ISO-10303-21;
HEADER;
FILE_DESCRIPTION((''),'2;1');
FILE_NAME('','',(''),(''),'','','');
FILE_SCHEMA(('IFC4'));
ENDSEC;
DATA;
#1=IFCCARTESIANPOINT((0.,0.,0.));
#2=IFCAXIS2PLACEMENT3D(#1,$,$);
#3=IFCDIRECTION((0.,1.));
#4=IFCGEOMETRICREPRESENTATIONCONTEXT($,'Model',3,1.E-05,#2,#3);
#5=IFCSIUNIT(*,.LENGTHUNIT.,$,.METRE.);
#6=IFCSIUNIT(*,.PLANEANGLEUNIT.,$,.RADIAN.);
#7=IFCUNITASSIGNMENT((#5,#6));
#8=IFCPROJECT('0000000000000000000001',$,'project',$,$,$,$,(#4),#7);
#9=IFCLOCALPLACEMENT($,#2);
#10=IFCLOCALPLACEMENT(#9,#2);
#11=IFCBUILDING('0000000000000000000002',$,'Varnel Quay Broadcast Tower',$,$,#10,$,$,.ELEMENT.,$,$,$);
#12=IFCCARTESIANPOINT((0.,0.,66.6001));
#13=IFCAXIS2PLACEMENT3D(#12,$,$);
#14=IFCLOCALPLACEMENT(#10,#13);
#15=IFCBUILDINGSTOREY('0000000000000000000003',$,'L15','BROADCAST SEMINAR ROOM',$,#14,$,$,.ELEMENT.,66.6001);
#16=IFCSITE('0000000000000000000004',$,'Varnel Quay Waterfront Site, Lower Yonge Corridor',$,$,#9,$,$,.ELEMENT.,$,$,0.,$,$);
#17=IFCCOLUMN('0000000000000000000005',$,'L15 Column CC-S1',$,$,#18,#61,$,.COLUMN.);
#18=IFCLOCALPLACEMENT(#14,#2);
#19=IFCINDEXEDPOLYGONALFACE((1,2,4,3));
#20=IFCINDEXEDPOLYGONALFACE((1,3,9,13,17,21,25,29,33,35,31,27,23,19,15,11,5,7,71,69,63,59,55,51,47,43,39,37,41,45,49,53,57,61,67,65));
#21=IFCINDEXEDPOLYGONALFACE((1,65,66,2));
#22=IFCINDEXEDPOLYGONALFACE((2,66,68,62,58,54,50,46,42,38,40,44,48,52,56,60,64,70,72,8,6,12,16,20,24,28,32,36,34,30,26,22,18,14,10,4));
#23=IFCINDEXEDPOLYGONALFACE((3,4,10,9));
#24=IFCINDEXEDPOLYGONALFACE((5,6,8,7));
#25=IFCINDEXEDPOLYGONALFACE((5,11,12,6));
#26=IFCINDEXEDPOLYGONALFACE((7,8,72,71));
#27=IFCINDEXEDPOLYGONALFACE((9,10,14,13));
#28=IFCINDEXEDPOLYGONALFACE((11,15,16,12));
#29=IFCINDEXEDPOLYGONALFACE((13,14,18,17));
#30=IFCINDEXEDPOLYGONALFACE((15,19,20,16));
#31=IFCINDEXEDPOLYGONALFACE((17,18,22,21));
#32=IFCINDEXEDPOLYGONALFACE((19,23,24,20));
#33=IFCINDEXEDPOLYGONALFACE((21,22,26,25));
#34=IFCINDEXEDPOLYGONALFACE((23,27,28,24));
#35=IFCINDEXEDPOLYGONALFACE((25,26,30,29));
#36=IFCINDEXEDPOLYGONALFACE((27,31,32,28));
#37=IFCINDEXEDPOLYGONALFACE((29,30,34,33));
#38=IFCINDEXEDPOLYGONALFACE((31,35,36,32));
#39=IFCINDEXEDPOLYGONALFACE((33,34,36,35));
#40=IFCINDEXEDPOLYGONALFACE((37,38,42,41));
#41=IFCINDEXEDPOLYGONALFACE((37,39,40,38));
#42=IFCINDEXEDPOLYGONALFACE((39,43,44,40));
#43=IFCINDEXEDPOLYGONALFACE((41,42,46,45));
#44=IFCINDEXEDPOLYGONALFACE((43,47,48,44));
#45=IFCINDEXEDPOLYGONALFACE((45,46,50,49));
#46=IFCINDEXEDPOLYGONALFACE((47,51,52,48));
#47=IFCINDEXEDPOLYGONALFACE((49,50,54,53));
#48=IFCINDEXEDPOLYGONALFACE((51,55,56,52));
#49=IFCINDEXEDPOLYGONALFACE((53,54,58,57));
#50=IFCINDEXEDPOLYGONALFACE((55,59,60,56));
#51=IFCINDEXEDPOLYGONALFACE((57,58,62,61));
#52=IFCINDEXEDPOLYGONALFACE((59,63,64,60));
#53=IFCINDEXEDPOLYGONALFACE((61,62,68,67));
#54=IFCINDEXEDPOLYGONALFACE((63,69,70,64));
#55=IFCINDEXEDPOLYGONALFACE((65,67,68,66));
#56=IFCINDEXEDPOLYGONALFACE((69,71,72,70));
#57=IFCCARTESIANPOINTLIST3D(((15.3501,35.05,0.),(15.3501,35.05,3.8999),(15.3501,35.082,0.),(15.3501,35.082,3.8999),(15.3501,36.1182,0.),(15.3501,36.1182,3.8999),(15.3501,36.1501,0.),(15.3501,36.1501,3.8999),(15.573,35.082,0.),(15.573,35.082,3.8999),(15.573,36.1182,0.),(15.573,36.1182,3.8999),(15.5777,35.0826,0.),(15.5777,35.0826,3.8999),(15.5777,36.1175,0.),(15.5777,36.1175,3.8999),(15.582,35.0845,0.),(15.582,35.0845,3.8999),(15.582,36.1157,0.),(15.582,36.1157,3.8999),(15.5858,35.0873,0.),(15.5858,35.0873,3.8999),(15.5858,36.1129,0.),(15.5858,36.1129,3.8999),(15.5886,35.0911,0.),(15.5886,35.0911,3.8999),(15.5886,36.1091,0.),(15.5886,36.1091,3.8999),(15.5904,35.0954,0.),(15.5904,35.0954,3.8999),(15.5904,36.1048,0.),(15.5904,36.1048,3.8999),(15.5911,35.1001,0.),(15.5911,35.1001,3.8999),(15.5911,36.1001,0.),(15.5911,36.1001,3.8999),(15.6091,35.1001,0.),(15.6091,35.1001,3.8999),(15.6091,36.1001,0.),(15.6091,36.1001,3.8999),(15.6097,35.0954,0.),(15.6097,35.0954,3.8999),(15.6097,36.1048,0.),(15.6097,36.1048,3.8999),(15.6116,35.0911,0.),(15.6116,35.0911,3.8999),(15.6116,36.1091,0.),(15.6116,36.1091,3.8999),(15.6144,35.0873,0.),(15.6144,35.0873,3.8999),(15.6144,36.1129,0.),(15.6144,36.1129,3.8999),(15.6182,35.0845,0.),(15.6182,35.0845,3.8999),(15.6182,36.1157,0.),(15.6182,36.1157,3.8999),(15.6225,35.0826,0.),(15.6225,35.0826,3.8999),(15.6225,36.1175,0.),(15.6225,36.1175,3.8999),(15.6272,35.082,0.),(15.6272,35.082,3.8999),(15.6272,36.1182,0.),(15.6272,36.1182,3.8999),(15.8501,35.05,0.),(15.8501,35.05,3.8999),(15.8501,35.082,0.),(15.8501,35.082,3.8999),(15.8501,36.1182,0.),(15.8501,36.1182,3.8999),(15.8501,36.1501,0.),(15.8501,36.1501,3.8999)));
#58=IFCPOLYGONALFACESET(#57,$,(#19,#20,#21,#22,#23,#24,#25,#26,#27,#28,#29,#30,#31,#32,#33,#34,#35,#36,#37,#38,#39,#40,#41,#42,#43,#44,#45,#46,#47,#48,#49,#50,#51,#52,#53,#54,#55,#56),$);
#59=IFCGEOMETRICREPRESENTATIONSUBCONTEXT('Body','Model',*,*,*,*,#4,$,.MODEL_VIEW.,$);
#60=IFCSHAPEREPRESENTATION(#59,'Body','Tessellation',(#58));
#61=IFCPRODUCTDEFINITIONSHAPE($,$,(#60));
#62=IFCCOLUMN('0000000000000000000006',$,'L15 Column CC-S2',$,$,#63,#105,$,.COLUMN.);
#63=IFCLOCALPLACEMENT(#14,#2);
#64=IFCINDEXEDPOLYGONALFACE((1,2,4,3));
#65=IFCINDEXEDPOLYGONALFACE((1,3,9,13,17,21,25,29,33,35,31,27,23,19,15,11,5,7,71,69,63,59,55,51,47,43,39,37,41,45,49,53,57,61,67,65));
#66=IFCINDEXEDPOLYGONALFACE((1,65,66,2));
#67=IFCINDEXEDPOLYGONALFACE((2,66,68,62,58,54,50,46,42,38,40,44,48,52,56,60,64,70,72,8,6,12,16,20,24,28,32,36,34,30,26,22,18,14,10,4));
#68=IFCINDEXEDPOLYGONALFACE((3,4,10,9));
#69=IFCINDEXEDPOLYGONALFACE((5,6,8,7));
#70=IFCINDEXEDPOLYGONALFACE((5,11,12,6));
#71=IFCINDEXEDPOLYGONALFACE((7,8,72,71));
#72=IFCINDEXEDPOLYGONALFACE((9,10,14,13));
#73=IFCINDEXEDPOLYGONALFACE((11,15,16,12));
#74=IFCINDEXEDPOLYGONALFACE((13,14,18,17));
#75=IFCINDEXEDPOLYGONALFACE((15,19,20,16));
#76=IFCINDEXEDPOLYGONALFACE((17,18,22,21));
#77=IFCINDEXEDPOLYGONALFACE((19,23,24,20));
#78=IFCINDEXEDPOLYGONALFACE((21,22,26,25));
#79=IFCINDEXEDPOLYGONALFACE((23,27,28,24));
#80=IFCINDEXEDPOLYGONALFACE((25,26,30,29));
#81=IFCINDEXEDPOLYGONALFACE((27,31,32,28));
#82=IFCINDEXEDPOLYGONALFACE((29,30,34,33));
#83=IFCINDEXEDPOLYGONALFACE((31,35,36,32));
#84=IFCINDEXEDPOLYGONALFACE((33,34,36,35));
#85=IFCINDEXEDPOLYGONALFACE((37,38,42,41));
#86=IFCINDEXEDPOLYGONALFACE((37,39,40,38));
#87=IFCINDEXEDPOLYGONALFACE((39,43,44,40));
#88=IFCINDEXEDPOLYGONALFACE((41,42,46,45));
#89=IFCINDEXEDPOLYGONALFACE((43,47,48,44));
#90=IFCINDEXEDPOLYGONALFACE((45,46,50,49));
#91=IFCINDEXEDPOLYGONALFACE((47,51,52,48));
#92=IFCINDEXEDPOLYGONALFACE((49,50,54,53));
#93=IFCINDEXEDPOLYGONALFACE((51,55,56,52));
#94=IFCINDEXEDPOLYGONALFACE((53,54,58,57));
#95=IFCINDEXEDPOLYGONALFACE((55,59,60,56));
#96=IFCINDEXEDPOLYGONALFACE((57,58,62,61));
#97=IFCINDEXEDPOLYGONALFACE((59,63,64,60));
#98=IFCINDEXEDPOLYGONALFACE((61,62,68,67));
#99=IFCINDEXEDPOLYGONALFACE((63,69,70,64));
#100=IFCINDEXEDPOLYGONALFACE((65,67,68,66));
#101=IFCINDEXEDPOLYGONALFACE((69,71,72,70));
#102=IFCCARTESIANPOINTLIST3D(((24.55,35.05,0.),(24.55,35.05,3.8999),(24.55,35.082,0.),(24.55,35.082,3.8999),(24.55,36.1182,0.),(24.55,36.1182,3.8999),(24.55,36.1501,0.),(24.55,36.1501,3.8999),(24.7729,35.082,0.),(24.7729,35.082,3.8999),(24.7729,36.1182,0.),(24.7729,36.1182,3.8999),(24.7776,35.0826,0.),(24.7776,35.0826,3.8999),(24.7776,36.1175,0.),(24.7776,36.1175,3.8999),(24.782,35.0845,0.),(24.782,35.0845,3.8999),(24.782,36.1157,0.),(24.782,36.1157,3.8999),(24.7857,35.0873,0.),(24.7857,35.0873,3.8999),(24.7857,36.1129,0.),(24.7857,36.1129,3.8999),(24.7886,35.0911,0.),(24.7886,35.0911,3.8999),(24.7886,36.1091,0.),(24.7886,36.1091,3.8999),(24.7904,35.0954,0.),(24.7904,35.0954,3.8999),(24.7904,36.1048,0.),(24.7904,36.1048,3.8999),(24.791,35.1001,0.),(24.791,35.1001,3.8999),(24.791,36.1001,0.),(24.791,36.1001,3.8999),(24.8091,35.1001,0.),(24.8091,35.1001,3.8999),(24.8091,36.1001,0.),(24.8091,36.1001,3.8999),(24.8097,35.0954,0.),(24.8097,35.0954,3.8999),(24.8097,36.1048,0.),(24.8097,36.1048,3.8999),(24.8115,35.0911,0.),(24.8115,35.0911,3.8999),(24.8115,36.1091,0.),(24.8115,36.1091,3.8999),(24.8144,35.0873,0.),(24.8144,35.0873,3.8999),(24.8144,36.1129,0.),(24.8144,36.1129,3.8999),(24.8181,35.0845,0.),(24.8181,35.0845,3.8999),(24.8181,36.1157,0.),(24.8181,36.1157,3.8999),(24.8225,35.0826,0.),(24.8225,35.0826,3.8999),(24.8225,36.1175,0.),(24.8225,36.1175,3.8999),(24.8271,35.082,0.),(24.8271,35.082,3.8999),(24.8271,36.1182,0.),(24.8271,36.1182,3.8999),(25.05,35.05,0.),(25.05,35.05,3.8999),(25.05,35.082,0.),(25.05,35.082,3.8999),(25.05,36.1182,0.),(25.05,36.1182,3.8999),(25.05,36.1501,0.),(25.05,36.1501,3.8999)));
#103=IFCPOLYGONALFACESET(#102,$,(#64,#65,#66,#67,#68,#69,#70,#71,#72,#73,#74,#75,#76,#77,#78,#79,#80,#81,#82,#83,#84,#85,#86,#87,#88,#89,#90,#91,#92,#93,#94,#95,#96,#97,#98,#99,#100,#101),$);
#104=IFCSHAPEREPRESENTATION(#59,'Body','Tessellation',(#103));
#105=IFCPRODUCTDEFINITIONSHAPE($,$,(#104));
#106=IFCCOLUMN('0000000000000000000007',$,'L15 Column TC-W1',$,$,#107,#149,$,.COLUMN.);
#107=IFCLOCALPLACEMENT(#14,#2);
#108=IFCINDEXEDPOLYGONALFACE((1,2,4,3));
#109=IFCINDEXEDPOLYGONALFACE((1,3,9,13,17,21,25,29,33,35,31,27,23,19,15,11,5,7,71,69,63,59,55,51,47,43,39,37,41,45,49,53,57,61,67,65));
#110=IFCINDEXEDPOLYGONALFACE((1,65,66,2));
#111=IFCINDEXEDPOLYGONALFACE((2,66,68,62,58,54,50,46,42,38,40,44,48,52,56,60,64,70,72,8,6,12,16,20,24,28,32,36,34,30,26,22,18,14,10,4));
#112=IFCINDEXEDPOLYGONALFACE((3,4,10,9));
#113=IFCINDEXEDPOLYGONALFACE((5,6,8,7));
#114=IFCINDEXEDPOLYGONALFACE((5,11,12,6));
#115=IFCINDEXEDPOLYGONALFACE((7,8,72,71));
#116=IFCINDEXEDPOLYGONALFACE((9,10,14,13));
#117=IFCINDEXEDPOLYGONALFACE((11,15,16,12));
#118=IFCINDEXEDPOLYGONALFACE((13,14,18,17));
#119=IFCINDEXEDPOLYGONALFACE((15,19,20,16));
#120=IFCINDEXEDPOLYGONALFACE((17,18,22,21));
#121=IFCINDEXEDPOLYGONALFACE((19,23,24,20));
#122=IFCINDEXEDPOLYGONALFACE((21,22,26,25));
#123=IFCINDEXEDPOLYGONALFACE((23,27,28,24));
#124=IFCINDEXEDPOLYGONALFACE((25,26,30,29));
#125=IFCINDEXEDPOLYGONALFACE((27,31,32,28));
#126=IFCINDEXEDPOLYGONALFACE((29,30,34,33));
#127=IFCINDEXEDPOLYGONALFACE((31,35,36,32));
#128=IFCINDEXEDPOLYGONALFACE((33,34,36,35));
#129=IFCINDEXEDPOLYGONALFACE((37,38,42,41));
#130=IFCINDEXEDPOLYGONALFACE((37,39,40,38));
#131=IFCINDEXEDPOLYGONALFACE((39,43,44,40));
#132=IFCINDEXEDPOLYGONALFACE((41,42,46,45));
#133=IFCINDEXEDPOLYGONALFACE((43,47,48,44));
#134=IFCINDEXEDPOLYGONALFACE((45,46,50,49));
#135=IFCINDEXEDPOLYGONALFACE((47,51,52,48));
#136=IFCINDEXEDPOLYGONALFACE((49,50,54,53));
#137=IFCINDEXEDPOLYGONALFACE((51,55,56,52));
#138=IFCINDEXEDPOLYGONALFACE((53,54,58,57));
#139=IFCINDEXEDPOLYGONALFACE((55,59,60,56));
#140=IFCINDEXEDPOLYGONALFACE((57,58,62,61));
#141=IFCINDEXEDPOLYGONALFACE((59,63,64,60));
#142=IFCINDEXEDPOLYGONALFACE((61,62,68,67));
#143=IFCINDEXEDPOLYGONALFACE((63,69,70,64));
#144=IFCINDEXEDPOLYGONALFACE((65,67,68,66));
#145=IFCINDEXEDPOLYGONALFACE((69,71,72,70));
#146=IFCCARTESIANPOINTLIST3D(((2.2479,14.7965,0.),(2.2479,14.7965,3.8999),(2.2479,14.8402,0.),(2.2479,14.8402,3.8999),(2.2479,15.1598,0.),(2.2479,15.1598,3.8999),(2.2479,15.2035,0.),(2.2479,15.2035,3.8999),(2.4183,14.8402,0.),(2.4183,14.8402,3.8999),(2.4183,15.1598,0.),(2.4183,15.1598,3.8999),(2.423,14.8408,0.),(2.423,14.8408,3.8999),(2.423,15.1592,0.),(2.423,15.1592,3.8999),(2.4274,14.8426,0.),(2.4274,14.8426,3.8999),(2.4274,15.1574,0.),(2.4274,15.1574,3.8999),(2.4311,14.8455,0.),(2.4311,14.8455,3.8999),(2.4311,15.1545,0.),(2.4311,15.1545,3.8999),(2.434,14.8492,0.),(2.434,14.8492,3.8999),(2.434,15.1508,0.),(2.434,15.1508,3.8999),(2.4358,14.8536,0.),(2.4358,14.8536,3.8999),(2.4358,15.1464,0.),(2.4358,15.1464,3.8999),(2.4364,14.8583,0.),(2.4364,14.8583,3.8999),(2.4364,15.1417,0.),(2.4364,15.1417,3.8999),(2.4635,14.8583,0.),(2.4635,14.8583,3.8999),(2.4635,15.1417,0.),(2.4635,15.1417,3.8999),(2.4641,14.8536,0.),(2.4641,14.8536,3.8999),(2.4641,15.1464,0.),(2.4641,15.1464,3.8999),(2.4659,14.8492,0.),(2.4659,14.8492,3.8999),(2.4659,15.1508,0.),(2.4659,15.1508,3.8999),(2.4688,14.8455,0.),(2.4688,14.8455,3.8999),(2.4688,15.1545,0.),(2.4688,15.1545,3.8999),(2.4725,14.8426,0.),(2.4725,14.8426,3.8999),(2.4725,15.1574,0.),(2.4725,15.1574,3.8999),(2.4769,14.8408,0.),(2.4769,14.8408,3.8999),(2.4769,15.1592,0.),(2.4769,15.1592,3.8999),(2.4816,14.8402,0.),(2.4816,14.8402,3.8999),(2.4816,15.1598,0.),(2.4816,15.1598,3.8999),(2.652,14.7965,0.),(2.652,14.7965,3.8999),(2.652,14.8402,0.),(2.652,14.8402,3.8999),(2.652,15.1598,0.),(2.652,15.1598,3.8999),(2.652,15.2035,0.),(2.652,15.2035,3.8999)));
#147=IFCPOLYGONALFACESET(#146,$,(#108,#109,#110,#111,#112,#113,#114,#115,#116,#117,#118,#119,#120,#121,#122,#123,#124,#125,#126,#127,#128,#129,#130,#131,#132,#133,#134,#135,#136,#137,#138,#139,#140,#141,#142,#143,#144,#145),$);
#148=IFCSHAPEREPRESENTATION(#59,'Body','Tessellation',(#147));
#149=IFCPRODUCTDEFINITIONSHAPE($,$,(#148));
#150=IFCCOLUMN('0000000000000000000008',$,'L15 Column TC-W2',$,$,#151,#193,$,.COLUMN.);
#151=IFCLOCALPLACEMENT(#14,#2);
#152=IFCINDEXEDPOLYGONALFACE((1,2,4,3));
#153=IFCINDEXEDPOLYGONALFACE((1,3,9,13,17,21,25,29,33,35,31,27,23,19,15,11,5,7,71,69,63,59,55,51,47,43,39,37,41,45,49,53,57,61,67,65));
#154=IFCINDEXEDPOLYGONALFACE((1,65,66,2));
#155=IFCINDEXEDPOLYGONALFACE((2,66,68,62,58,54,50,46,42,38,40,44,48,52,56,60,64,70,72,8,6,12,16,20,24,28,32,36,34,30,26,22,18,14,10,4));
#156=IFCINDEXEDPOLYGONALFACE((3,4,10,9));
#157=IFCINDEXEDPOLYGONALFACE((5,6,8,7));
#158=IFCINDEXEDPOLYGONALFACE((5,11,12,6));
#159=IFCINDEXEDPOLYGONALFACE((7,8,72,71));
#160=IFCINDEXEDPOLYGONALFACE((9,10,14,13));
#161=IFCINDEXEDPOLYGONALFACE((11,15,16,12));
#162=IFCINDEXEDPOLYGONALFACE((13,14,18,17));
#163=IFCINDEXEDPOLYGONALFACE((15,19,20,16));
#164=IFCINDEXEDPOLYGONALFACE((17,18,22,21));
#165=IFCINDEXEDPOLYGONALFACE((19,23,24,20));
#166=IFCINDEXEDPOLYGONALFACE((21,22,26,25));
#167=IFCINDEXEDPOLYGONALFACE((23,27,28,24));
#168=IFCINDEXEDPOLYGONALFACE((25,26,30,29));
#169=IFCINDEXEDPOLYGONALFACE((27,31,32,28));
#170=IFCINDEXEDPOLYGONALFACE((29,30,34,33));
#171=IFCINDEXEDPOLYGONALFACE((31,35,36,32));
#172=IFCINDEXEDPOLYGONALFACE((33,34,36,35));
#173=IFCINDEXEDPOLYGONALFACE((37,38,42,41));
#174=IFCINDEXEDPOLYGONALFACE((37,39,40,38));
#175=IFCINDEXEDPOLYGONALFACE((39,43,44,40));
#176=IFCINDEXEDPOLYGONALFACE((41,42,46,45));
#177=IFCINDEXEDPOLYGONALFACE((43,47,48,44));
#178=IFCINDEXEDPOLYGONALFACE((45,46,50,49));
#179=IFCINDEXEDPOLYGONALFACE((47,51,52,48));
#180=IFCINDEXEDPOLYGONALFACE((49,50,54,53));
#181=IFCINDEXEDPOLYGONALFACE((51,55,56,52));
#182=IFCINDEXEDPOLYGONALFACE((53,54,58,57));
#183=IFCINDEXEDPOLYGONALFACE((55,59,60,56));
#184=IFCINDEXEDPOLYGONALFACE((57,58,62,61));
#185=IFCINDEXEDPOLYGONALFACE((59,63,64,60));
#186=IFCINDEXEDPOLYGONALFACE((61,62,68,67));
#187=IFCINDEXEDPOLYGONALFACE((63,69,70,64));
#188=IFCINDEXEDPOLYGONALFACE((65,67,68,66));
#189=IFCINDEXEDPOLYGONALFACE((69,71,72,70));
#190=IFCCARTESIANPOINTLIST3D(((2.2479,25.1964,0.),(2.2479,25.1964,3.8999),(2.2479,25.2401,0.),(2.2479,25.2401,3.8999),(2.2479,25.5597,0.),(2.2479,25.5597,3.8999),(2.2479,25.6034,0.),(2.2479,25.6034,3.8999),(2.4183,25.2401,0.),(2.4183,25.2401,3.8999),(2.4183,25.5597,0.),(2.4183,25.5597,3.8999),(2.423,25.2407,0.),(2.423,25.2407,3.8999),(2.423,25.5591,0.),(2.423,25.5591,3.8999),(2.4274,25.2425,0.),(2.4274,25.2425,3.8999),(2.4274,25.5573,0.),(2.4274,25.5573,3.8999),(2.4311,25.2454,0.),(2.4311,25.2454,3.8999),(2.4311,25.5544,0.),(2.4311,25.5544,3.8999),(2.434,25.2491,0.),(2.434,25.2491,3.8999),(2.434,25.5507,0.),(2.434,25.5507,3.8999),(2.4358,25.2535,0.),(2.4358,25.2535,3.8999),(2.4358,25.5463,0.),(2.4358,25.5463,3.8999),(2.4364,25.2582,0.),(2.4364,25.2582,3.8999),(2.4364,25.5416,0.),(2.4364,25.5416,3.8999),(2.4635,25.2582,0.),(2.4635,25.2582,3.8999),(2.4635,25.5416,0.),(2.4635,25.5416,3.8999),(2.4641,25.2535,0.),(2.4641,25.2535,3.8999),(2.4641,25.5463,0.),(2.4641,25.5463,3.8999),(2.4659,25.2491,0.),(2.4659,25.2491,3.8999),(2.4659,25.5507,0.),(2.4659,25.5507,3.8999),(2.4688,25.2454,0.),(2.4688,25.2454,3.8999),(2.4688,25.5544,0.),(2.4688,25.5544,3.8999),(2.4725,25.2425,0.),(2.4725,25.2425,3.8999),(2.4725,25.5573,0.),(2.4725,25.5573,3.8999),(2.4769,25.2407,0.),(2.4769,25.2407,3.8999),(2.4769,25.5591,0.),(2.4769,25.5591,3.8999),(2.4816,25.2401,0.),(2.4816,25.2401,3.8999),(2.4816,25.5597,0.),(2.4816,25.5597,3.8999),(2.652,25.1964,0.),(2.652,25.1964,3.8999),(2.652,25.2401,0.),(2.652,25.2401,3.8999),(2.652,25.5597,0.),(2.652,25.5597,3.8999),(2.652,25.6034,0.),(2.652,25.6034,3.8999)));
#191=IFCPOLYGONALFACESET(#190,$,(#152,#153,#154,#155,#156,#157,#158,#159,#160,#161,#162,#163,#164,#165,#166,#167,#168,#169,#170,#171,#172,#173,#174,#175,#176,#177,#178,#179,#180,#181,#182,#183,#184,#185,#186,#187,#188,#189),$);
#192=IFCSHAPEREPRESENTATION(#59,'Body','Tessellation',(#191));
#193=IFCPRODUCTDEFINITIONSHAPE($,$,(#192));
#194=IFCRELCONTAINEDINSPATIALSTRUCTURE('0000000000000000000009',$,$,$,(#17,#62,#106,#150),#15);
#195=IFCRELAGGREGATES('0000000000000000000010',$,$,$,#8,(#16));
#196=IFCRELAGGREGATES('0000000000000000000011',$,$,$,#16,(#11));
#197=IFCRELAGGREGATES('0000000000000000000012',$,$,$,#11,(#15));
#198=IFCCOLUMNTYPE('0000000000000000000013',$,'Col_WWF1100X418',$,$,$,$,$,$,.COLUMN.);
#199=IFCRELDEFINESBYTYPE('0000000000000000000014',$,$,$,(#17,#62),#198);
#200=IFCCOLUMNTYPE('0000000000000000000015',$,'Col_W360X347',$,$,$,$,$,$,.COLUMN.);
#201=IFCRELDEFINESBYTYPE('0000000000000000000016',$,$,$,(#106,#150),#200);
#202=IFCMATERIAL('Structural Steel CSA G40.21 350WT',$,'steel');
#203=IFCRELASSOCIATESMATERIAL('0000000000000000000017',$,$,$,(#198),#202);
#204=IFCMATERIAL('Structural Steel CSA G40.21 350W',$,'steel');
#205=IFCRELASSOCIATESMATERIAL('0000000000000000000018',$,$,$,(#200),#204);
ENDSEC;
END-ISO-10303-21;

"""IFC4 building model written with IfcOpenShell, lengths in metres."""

from ifc_helpers import new_model, si_unit, direction, frame, origin, origin_2d, place, context, subcontext, project, spatial, i_section, extrude, source, transform, mapped, material, material_profile, profile_set, type_object, type_shapes, element, save


model = new_model("IFC4")

# Units and contexts
model_context = context("Model", 3, precision=1e-05, world=origin(), true_north=direction((0.0, 1.0)))
body_context = subcontext(model_context, "Body", "Model", "MODEL_VIEW")
ifc_project = project(units=[si_unit("LENGTHUNIT", "METRE"), si_unit("PLANEANGLEUNIT", "RADIAN")], contexts=[model_context])

# Site, building, storey
site_placement = place(None, origin())
site = spatial("IfcSite", under=ifc_project, at=site_placement, Name="Varnel Quay Waterfront Site, Lower Yonge Corridor", CompositionType="ELEMENT", RefElevation=0.0)
building_placement = place(site_placement, origin())
building = spatial("IfcBuilding", under=site, at=building_placement, Name="Varnel Quay Broadcast Tower", CompositionType="ELEMENT")
storey_placement = place(building_placement, frame((0.0, 0.0, 66.6001)))
storey = spatial("IfcBuildingStorey", under=building, at=storey_placement, Name="L15", Description="BROADCAST SEMINAR ROOM", CompositionType="ELEMENT", Elevation=66.6001)

# Columns
ifc_material_1 = material(Name="Structural Steel CSA G40.21 350WT", Category="steel")
ifc_material_profile_1 = material_profile(ifc_material_1, i_section(OverallWidth=0.5, OverallDepth=1.1001, WebThickness=0.0181, FlangeThickness=0.032, FilletRadius=0.0181, at=origin_2d()), Name="WWF1100X418")
ifc_profile_set_1 = profile_set([ifc_material_profile_1], Name="Structural Steel CSA G40.21 350WT")
column_type_1 = type_object("IfcColumnType", Name="Col_WWF1100X418", PredefinedType="COLUMN", material=ifc_profile_set_1)
shared_shape_1 = source(origin(), body_context, "Body", "SweptSolid", [
    extrude(i_section(OverallWidth=0.5, OverallDepth=1.1001, WebThickness=0.0181, FlangeThickness=0.032, FilletRadius=0.0181, at=origin_2d()), origin(), (0.0, 0.0, 1.0), 3.8999),
])
type_shapes(column_type_1, [shared_shape_1])
for number, where, z_axis, x_axis, name in (
    (1, (15.6001, 35.6001, 0.0), (0.0, 0.0, 1.0), (1.0, 0.0, 0.0), "L15 Column CC-S1"),
    (2, (24.8, 35.6001, 0.0), (0.0, 0.0, 1.0), (1.0, 0.0, 0.0), "L15 Column CC-S2"),
):
    element("IfcColumn", number, at=place(storey_placement, frame(where, z_axis=z_axis, x_axis=x_axis)), inside=storey, type_object=column_type_1, Name=name, PredefinedType="COLUMN", context=body_context, shape_type="MappedRepresentation", body=[
        mapped(shared_shape_1, transform((0.0, 0.0, 0.0), x_axis=(1.0, 0.0, 0.0), y_axis=(0.0, 1.0, 0.0), z_axis=(0.0, 0.0, 1.0), scale=1.0)),
    ])
ifc_material_2 = material(Name="Structural Steel CSA G40.21 350W", Category="steel")
ifc_material_profile_2 = material_profile(ifc_material_2, i_section(OverallWidth=0.4041, OverallDepth=0.407, WebThickness=0.0271, FlangeThickness=0.0437, FilletRadius=0.0181, at=origin_2d()), Name="W360X347")
ifc_profile_set_2 = profile_set([ifc_material_profile_2], Name="Structural Steel CSA G40.21 350W")
column_type_2 = type_object("IfcColumnType", Name="Col_W360X347", PredefinedType="COLUMN", material=ifc_profile_set_2)
shared_shape_2 = source(origin(), body_context, "Body", "SweptSolid", [
    extrude(i_section(OverallWidth=0.4041, OverallDepth=0.407, WebThickness=0.0271, FlangeThickness=0.0437, FilletRadius=0.0181, at=origin_2d()), origin(), (0.0, 0.0, 1.0), 3.8999),
])
type_shapes(column_type_2, [shared_shape_2])
for number, where, z_axis, x_axis, name in (
    (3, (2.45, 15.0, 0.0), (0.0, 0.0, 1.0), (1.0, 0.0, 0.0), "L15 Column TC-W1"),
    (4, (2.45, 25.3999, 0.0), (0.0, 0.0, 1.0), (1.0, 0.0, 0.0), "L15 Column TC-W2"),
):
    element("IfcColumn", number, at=place(storey_placement, frame(where, z_axis=z_axis, x_axis=x_axis)), inside=storey, type_object=column_type_2, Name=name, PredefinedType="COLUMN", context=body_context, shape_type="MappedRepresentation", body=[
        mapped(shared_shape_2, transform((0.0, 0.0, 0.0), x_axis=(1.0, 0.0, 0.0), y_axis=(0.0, 1.0, 0.0), z_axis=(0.0, 0.0, 1.0), scale=1.0)),
    ])

save(model, "model.ifc")
